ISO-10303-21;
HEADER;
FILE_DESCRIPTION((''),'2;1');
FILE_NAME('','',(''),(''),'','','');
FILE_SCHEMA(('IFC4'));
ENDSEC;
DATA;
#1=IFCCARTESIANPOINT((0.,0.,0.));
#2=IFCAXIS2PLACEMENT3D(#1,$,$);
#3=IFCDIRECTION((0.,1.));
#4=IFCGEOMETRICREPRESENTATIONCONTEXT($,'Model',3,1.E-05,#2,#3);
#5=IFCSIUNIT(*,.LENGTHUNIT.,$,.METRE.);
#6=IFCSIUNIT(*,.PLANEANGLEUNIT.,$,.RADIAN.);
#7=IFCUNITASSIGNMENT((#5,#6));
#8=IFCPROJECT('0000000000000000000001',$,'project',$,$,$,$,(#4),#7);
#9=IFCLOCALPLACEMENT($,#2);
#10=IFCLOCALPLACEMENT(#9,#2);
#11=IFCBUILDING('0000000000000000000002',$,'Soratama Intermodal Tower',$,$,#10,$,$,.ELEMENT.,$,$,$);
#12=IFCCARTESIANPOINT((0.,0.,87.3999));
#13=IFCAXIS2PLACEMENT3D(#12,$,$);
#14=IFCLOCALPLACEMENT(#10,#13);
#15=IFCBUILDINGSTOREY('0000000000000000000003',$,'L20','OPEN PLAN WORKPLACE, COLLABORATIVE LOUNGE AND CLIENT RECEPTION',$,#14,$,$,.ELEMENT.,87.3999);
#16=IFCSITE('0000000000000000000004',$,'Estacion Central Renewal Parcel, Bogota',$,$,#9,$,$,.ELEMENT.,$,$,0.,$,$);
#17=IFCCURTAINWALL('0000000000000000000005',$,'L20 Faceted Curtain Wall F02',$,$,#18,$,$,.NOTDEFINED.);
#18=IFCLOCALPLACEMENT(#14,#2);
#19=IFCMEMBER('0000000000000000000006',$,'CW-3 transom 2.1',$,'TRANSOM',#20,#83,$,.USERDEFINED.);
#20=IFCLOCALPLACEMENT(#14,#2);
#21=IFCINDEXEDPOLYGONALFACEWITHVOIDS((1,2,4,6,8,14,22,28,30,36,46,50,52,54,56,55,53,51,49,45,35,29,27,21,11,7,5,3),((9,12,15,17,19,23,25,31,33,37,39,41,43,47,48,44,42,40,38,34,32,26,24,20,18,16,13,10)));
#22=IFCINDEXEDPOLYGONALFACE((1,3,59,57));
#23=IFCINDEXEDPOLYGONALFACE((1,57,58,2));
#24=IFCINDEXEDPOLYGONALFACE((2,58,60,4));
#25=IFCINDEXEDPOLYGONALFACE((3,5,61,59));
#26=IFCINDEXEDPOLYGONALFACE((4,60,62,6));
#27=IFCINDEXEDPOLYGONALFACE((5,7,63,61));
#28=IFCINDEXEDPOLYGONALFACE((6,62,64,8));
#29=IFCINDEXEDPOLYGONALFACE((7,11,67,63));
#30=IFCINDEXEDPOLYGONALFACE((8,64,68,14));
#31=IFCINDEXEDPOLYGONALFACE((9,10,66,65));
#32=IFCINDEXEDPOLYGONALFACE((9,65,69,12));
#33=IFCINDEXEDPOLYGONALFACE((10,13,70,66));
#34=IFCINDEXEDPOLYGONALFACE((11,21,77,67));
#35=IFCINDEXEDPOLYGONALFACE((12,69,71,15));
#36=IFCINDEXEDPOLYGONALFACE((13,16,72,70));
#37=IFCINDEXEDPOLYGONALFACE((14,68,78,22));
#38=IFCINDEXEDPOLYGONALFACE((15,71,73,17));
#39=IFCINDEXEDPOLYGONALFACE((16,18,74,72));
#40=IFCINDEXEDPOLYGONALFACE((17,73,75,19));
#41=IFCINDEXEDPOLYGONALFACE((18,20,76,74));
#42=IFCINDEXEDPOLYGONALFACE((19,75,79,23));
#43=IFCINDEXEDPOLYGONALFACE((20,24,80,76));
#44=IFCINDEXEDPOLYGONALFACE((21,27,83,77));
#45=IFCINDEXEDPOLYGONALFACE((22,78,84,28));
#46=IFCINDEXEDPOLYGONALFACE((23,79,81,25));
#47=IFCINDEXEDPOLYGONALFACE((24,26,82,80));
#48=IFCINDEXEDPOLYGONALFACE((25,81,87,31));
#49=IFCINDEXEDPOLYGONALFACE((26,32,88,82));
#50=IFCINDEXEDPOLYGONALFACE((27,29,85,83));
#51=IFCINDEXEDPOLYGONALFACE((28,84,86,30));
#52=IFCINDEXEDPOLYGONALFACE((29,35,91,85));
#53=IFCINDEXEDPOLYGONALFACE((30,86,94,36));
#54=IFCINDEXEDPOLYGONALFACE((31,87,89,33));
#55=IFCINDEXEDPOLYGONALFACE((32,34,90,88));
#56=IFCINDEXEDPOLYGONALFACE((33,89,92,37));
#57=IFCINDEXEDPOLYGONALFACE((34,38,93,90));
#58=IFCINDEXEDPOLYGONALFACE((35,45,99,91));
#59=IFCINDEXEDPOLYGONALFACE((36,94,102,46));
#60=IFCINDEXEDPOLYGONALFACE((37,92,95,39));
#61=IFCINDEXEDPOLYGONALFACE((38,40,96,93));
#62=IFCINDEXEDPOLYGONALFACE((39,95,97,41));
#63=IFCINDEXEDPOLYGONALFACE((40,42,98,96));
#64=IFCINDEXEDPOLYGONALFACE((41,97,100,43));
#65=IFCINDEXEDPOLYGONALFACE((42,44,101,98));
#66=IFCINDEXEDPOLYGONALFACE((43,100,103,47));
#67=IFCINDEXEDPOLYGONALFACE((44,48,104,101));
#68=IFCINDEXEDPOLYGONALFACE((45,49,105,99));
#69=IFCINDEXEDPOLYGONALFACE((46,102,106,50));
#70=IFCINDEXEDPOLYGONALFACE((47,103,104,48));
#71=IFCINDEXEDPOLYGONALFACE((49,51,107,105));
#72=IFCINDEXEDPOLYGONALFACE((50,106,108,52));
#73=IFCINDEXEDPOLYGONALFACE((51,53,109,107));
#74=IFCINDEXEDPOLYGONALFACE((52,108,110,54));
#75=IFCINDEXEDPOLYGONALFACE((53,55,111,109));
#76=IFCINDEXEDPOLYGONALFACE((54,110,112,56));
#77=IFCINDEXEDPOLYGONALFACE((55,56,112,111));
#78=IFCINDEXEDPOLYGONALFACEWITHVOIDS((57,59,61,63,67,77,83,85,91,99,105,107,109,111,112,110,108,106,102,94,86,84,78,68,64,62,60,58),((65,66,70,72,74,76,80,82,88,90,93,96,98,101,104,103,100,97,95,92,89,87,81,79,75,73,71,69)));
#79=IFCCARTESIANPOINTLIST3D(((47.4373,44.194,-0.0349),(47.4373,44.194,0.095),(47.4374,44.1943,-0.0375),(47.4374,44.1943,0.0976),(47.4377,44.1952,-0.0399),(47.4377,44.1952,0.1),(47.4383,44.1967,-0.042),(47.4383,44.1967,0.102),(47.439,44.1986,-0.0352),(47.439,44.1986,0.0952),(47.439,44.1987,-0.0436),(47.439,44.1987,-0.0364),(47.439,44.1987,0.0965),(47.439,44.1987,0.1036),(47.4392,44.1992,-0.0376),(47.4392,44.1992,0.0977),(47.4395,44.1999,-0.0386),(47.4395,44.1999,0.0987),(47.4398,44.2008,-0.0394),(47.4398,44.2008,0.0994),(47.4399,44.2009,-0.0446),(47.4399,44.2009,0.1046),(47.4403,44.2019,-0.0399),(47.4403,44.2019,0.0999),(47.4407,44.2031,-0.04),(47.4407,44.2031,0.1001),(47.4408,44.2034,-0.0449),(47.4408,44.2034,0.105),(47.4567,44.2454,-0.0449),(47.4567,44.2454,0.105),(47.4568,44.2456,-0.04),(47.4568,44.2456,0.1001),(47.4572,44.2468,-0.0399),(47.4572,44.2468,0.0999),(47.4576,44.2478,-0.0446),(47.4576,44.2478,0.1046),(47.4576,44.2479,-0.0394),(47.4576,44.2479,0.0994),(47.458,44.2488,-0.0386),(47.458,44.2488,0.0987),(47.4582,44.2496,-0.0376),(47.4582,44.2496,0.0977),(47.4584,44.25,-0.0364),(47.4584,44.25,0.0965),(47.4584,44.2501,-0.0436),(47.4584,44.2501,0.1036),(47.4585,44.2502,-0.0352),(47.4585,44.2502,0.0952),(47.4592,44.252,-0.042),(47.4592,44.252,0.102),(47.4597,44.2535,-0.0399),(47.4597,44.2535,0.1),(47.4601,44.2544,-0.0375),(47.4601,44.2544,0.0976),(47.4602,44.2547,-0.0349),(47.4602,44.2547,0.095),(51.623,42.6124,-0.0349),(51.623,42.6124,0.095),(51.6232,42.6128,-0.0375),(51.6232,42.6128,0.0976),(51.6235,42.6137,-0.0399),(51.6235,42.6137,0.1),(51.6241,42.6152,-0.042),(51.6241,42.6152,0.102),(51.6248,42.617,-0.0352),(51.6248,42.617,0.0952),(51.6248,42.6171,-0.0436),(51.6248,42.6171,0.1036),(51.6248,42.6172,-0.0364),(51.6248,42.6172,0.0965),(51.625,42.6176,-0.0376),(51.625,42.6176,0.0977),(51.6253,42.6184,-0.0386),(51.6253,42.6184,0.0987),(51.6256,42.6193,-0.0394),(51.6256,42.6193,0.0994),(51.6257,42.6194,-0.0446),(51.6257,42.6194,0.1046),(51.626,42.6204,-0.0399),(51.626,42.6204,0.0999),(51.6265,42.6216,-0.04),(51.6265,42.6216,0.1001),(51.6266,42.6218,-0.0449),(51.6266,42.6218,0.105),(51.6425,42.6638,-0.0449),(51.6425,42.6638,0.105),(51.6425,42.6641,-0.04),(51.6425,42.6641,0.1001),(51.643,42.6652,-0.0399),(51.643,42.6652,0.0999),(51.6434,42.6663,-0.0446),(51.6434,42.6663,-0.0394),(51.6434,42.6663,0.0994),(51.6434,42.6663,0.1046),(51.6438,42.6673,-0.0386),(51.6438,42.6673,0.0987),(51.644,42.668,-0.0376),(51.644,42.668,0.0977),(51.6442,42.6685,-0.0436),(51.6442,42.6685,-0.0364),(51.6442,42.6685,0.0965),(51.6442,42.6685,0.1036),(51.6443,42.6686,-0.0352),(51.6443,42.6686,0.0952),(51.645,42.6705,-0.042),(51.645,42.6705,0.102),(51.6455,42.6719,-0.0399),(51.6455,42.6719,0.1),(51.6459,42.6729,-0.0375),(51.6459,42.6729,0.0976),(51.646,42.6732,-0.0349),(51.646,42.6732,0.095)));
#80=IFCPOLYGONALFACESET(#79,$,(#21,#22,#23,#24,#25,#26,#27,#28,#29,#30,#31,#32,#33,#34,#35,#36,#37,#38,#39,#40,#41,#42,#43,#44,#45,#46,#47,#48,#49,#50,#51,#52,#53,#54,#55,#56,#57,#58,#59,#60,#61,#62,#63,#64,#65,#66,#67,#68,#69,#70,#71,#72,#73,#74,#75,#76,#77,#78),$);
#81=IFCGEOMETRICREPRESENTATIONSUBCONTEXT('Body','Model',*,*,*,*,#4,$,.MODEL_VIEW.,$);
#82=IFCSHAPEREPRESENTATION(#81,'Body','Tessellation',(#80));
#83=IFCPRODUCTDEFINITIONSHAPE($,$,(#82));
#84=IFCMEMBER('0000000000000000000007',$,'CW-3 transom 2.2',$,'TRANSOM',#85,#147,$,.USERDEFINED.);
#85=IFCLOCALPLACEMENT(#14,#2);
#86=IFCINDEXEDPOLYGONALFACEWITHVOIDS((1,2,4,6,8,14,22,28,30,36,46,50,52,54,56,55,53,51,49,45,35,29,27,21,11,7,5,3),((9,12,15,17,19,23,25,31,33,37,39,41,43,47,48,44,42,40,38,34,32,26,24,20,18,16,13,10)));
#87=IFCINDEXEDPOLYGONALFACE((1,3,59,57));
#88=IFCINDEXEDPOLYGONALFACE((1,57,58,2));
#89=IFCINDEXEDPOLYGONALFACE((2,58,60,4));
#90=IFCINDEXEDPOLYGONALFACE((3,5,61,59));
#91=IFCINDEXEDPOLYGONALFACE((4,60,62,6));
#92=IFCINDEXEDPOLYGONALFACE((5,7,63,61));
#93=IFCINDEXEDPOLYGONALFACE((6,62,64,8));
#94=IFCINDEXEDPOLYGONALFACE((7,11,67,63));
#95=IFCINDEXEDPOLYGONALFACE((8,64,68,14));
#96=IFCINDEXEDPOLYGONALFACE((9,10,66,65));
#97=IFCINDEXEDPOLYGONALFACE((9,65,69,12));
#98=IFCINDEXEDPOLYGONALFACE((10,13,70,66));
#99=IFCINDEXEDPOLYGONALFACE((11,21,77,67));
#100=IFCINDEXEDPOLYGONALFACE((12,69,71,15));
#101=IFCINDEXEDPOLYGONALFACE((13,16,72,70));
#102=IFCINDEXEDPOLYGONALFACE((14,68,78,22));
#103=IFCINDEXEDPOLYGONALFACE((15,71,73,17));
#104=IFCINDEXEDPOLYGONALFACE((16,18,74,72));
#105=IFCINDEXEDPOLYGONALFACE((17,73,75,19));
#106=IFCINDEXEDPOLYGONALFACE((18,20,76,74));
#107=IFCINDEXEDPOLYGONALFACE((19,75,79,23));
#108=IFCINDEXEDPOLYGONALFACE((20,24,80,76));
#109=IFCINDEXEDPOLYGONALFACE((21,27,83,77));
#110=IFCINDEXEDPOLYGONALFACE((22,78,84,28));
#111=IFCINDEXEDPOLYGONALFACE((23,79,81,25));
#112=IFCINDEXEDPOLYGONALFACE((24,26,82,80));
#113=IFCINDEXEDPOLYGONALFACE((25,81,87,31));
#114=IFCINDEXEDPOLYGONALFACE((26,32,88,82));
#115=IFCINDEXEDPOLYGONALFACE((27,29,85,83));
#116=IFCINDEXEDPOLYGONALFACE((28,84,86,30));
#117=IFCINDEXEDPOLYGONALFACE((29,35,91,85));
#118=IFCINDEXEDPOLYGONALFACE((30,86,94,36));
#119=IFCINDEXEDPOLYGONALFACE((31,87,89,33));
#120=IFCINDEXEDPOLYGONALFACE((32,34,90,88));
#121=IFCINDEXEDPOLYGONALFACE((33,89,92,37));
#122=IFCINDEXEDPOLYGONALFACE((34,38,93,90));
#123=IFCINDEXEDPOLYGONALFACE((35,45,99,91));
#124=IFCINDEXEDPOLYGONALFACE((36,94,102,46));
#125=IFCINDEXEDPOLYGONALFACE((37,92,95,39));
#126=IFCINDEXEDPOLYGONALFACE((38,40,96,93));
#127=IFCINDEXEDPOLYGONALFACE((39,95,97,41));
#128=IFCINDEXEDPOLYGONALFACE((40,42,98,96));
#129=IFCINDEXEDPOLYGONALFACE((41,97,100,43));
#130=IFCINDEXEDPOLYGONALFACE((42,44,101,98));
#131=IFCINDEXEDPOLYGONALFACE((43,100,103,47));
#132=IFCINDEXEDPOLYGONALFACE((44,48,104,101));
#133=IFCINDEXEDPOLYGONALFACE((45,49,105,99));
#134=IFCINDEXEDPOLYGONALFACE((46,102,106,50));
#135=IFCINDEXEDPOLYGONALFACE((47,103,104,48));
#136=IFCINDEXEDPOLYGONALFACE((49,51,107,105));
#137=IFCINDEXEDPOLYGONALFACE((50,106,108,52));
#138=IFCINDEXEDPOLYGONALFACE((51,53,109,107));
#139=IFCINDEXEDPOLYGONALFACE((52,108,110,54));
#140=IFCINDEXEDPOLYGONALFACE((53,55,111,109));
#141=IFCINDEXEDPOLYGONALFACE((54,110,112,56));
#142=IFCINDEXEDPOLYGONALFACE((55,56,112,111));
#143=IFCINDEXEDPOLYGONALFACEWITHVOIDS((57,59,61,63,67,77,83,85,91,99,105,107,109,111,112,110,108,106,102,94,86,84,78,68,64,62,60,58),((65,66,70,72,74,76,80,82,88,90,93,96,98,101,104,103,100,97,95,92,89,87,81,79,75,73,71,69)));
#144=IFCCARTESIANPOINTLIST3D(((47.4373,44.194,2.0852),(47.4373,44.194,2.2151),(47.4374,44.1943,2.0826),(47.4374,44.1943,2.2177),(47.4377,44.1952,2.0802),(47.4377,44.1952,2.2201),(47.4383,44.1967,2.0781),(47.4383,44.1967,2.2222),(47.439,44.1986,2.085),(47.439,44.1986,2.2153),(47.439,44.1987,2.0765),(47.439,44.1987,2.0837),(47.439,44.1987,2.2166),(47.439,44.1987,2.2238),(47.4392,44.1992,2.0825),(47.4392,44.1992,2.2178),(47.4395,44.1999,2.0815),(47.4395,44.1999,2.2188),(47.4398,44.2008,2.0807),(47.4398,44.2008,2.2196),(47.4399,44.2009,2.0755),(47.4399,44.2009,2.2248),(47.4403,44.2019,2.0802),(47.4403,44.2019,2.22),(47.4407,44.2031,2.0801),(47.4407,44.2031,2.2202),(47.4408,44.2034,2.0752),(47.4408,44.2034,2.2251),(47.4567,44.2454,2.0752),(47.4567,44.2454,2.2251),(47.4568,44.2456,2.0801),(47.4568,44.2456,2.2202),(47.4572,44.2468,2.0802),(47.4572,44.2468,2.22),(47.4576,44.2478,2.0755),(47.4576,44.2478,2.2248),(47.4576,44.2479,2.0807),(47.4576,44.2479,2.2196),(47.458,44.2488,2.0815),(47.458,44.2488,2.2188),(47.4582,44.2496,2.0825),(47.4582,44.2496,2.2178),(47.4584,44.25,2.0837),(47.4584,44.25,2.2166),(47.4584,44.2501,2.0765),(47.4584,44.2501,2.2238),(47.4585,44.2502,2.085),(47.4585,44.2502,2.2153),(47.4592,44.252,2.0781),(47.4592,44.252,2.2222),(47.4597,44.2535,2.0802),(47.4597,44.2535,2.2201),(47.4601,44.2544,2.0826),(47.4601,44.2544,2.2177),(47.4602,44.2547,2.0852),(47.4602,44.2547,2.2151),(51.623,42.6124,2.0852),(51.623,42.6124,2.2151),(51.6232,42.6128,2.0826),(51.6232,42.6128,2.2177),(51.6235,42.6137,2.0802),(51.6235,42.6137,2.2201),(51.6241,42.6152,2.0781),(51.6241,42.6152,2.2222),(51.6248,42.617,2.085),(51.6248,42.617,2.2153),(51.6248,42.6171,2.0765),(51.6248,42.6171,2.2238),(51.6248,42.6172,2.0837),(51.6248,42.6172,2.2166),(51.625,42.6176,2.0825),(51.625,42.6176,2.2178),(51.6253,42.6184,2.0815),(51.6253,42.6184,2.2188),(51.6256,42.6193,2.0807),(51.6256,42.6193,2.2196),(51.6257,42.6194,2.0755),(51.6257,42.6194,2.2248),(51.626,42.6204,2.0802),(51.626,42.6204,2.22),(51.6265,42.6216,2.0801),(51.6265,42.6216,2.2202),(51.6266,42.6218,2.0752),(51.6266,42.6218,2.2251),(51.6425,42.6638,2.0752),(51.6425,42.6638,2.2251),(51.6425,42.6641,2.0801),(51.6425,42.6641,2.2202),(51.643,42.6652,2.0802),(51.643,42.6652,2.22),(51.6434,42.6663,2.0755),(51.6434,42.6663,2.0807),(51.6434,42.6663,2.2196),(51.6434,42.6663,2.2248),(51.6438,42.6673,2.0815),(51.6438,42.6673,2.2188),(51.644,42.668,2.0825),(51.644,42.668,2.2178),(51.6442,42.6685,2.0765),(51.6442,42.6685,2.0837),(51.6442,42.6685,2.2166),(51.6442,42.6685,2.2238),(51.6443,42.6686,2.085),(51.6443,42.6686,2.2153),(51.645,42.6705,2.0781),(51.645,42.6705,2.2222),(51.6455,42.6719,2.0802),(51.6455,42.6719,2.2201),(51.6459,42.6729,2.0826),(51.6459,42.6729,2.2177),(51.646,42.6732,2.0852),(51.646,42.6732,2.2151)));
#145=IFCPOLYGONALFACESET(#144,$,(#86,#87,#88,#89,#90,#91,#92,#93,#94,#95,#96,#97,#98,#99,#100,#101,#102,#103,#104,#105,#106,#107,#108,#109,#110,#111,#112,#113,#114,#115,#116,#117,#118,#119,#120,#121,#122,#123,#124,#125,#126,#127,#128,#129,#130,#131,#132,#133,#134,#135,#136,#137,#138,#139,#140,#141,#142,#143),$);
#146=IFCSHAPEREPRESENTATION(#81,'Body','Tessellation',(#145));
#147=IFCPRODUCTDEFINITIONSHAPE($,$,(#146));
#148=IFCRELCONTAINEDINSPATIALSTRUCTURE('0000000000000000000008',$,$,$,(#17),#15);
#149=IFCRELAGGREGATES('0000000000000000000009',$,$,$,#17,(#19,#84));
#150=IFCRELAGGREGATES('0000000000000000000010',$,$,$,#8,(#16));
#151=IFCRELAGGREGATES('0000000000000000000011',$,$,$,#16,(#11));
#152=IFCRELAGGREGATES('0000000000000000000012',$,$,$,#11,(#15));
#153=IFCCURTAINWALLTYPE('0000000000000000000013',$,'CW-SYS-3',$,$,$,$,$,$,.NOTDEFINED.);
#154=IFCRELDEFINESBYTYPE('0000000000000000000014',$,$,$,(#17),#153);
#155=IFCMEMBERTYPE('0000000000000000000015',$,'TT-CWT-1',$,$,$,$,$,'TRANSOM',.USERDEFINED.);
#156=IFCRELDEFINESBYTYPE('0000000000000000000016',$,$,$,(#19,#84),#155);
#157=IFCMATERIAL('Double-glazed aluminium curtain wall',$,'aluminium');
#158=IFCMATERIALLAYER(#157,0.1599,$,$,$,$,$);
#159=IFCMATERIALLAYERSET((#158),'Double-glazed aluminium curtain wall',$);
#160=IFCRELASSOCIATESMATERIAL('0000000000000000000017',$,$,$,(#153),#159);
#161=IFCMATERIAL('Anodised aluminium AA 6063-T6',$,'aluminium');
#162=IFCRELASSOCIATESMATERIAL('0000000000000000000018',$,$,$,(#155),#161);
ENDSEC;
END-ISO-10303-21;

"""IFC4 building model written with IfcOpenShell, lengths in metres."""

from ifc_helpers import new_model, si_unit, direction, frame, origin, origin_2d, place, context, subcontext, project, spatial, hollow_rectangle, extrude, material, layer, layer_set, material_profile, profile_set, type_object, element, aggregate, save


model = new_model("IFC4")

# Units and contexts
model_context = context("Model", 3, precision=1e-05, world=origin(), true_north=direction((0.0, 1.0)))
body_context = subcontext(model_context, "Body", "Model", "MODEL_VIEW")
ifc_project = project(units=[si_unit("LENGTHUNIT", "METRE"), si_unit("PLANEANGLEUNIT", "RADIAN")], contexts=[model_context])

# Site, building, storey
site_placement = place(None, origin())
site = spatial("IfcSite", under=ifc_project, at=site_placement, Name="Estacion Central Renewal Parcel, Bogota", CompositionType="ELEMENT", RefElevation=0.0)
building_placement = place(site_placement, origin())
building = spatial("IfcBuilding", under=site, at=building_placement, Name="Soratama Intermodal Tower", CompositionType="ELEMENT")
storey_placement = place(building_placement, frame((0.0, 0.0, 87.3999)))
storey = spatial("IfcBuildingStorey", under=building, at=storey_placement, Name="L20", Description="OPEN PLAN WORKPLACE, COLLABORATIVE LOUNGE AND CLIENT RECEPTION", CompositionType="ELEMENT", Elevation=87.3999)

# Shared definitions
ifc_material_1 = material(Name="Double-glazed aluminium curtain wall", Category="aluminium")
ifc_layer_1 = layer(ifc_material_1, 0.1599)
ifc_layer_set_1 = layer_set([ifc_layer_1], Name="Double-glazed aluminium curtain wall")
curtain_wall_type = type_object("IfcCurtainWallType", Name="CW-SYS-3", PredefinedType="NOTDEFINED", material=ifc_layer_set_1)

# Curtain wall, members
curtain_wall_1_placement = place(storey_placement, origin())
curtain_wall_1 = element("IfcCurtainWall", 1, at=curtain_wall_1_placement, inside=storey, type_object=curtain_wall_type, Name="L20 Faceted Curtain Wall F02", PredefinedType="NOTDEFINED")
ifc_material_2 = material(Name="Anodised aluminium AA 6063-T6", Category="aluminium")
ifc_material_profile_1 = material_profile(ifc_material_2, hollow_rectangle(XDim=0.0649, YDim=0.1499, WallThickness=0.0049, InnerFilletRadius=0.0049, OuterFilletRadius=0.01, at=origin_2d()), Name="CWT150X65X5")
ifc_profile_set_1 = profile_set([ifc_material_profile_1], Name="Anodised aluminium AA 6063-T6")
member_type_1 = type_object("IfcMemberType", Name="TT-CWT-1", ElementType="TRANSOM", PredefinedType="USERDEFINED", material=ifc_profile_set_1)
member_1_placement = place(storey_placement, frame((51.6345, 42.6428, 0.03), z_axis=(-0.935454, 0.353448, 0.0), x_axis=(-0.353448, -0.935454, 0.0)))
member_1 = element("IfcMember", 2, at=member_1_placement, type_object=member_type_1, Name="CW-3 transom 2.1", ObjectType="TRANSOM", PredefinedType="USERDEFINED", context=body_context, shape_type="SweptSolid", body=[
    extrude(hollow_rectangle(XDim=0.0649, YDim=0.1499, WallThickness=0.0049, InnerFilletRadius=0.0049, OuterFilletRadius=0.01, at=origin_2d()), origin(), (0.0, 0.0, 1.0), 4.4746),
])
member_2_placement = place(storey_placement, frame((51.6345, 42.6428, 2.1501), z_axis=(-0.935454, 0.353448, 0.0), x_axis=(-0.353448, -0.935454, 0.0)))
member_2 = element("IfcMember", 3, at=member_2_placement, type_object=member_type_1, Name="CW-3 transom 2.2", ObjectType="TRANSOM", PredefinedType="USERDEFINED", context=body_context, shape_type="SweptSolid", body=[
    extrude(hollow_rectangle(XDim=0.0649, YDim=0.1499, WallThickness=0.0049, InnerFilletRadius=0.0049, OuterFilletRadius=0.01, at=origin_2d()), origin(), (0.0, 0.0, 1.0), 4.4746),
])

aggregate(curtain_wall_1, [member_1, member_2])

save(model, "model.ifc")
